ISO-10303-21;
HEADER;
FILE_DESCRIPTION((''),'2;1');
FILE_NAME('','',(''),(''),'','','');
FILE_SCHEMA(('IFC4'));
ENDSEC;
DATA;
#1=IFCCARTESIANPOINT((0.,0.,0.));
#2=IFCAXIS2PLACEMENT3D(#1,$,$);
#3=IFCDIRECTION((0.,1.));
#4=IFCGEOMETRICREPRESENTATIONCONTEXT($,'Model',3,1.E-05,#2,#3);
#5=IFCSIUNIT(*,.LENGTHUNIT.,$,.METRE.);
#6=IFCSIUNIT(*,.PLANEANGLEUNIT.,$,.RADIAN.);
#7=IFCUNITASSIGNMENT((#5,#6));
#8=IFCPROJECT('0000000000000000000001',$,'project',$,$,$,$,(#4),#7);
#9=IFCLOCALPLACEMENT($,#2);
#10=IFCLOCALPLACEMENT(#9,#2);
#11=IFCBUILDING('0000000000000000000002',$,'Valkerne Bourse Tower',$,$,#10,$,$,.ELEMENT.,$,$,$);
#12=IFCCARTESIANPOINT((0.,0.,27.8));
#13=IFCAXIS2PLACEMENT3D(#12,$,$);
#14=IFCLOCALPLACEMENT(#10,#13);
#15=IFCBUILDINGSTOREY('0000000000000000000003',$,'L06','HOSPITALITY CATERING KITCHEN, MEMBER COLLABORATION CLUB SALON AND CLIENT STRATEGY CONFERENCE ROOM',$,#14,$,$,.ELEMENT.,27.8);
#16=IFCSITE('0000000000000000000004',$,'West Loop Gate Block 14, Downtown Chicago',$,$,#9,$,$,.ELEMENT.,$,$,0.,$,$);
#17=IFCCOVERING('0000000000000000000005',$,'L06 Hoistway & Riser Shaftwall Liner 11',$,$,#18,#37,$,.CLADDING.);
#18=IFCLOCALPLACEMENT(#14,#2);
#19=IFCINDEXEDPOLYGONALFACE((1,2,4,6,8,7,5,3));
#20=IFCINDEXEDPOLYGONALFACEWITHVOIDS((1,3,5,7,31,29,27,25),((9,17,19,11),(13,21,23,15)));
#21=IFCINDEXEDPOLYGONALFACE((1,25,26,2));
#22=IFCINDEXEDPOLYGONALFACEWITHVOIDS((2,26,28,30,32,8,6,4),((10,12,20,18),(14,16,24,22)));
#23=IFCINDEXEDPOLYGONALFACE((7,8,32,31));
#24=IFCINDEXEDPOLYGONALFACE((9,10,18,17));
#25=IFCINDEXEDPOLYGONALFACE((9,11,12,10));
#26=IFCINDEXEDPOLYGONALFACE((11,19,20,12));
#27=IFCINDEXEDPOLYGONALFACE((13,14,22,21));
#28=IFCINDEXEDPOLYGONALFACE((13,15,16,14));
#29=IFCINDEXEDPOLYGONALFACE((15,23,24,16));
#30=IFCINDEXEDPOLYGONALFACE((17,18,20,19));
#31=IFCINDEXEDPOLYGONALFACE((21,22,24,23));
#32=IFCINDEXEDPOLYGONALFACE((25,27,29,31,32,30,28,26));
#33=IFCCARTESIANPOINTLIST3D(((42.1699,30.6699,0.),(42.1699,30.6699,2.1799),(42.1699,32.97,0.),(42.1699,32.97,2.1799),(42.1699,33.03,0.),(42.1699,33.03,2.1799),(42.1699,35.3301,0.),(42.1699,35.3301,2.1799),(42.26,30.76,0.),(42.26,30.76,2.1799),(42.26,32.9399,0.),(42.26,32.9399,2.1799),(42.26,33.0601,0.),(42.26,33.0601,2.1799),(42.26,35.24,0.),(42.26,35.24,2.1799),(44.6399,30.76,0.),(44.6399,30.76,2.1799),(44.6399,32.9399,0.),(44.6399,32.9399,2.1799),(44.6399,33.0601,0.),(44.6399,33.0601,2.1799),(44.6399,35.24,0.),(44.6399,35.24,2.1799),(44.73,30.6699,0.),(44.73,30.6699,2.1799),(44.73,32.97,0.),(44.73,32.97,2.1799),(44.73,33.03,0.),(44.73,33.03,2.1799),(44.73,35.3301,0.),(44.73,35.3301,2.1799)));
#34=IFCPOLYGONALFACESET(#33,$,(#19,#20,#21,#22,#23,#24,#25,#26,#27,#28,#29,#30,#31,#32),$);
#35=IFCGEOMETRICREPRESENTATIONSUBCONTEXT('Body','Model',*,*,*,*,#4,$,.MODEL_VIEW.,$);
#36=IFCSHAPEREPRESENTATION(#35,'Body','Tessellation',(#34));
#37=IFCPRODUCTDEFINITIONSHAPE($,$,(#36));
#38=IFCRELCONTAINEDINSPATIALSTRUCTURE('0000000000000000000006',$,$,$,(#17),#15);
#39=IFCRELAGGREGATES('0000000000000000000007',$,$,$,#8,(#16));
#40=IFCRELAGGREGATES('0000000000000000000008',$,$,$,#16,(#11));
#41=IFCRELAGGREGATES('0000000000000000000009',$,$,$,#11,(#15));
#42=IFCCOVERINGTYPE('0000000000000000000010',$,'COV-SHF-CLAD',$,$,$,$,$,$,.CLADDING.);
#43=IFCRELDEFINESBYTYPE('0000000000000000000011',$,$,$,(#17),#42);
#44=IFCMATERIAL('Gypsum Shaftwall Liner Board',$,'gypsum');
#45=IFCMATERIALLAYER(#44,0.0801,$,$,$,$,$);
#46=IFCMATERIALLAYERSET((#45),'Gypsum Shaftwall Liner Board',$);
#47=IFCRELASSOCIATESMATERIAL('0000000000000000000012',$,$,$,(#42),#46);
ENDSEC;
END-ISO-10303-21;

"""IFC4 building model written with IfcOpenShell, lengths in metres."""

from ifc_helpers import new_model, si_unit, direction, frame, origin, place, context, subcontext, project, spatial, polyline, outline, extrude, material, layer, layer_set, type_object, element, save


model = new_model("IFC4")

# Units and contexts
model_context = context("Model", 3, precision=1e-05, world=origin(), true_north=direction((0.0, 1.0)))
body_context = subcontext(model_context, "Body", "Model", "MODEL_VIEW")
ifc_project = project(units=[si_unit("LENGTHUNIT", "METRE"), si_unit("PLANEANGLEUNIT", "RADIAN")], contexts=[model_context])

# Site, building, storey
site_placement = place(None, origin())
site = spatial("IfcSite", under=ifc_project, at=site_placement, Name="West Loop Gate Block 14, Downtown Chicago", CompositionType="ELEMENT", RefElevation=0.0)
building_placement = place(site_placement, origin())
building = spatial("IfcBuilding", under=site, at=building_placement, Name="Valkerne Bourse Tower", CompositionType="ELEMENT")
storey_placement = place(building_placement, frame((0.0, 0.0, 27.8)))
storey = spatial("IfcBuildingStorey", under=building, at=storey_placement, Name="L06", Description="HOSPITALITY CATERING KITCHEN, MEMBER COLLABORATION CLUB SALON AND CLIENT STRATEGY CONFERENCE ROOM", CompositionType="ELEMENT", Elevation=27.8)

# Covering
ifc_material_1 = material(Name="Gypsum Shaftwall Liner Board", Category="gypsum")
ifc_layer_1 = layer(ifc_material_1, 0.0801)
ifc_layer_set_1 = layer_set([ifc_layer_1], Name="Gypsum Shaftwall Liner Board")
covering_type_1 = type_object("IfcCoveringType", Name="COV-SHF-CLAD", PredefinedType="CLADDING", material=ifc_layer_set_1)
covering_1_placement = place(storey_placement, origin())
element("IfcCovering", 1, at=covering_1_placement, inside=storey, type_object=covering_type_1, Name="L06 Hoistway & Riser Shaftwall Liner 11", PredefinedType="CLADDING", context=body_context, shape_type="SweptSolid", body=[
    extrude(outline(polyline([(44.73, 35.3301), (44.73, 33.03), (44.73, 32.97), (44.73, 30.6699), (42.1699, 30.6699), (42.1699, 32.97), (42.1699, 33.03), (42.1699, 35.3301), (44.73, 35.3301)]), holes=[polyline([(42.26, 30.76), (44.6399, 30.76), (44.6399, 32.9399), (42.26, 32.9399), (42.26, 30.76)]), polyline([(42.26, 33.0601), (44.6399, 33.0601), (44.6399, 35.24), (42.26, 35.24), (42.26, 33.0601)])]), origin(), (0.0, 0.0, 1.0), 2.1799),
])

save(model, "model.ifc")
